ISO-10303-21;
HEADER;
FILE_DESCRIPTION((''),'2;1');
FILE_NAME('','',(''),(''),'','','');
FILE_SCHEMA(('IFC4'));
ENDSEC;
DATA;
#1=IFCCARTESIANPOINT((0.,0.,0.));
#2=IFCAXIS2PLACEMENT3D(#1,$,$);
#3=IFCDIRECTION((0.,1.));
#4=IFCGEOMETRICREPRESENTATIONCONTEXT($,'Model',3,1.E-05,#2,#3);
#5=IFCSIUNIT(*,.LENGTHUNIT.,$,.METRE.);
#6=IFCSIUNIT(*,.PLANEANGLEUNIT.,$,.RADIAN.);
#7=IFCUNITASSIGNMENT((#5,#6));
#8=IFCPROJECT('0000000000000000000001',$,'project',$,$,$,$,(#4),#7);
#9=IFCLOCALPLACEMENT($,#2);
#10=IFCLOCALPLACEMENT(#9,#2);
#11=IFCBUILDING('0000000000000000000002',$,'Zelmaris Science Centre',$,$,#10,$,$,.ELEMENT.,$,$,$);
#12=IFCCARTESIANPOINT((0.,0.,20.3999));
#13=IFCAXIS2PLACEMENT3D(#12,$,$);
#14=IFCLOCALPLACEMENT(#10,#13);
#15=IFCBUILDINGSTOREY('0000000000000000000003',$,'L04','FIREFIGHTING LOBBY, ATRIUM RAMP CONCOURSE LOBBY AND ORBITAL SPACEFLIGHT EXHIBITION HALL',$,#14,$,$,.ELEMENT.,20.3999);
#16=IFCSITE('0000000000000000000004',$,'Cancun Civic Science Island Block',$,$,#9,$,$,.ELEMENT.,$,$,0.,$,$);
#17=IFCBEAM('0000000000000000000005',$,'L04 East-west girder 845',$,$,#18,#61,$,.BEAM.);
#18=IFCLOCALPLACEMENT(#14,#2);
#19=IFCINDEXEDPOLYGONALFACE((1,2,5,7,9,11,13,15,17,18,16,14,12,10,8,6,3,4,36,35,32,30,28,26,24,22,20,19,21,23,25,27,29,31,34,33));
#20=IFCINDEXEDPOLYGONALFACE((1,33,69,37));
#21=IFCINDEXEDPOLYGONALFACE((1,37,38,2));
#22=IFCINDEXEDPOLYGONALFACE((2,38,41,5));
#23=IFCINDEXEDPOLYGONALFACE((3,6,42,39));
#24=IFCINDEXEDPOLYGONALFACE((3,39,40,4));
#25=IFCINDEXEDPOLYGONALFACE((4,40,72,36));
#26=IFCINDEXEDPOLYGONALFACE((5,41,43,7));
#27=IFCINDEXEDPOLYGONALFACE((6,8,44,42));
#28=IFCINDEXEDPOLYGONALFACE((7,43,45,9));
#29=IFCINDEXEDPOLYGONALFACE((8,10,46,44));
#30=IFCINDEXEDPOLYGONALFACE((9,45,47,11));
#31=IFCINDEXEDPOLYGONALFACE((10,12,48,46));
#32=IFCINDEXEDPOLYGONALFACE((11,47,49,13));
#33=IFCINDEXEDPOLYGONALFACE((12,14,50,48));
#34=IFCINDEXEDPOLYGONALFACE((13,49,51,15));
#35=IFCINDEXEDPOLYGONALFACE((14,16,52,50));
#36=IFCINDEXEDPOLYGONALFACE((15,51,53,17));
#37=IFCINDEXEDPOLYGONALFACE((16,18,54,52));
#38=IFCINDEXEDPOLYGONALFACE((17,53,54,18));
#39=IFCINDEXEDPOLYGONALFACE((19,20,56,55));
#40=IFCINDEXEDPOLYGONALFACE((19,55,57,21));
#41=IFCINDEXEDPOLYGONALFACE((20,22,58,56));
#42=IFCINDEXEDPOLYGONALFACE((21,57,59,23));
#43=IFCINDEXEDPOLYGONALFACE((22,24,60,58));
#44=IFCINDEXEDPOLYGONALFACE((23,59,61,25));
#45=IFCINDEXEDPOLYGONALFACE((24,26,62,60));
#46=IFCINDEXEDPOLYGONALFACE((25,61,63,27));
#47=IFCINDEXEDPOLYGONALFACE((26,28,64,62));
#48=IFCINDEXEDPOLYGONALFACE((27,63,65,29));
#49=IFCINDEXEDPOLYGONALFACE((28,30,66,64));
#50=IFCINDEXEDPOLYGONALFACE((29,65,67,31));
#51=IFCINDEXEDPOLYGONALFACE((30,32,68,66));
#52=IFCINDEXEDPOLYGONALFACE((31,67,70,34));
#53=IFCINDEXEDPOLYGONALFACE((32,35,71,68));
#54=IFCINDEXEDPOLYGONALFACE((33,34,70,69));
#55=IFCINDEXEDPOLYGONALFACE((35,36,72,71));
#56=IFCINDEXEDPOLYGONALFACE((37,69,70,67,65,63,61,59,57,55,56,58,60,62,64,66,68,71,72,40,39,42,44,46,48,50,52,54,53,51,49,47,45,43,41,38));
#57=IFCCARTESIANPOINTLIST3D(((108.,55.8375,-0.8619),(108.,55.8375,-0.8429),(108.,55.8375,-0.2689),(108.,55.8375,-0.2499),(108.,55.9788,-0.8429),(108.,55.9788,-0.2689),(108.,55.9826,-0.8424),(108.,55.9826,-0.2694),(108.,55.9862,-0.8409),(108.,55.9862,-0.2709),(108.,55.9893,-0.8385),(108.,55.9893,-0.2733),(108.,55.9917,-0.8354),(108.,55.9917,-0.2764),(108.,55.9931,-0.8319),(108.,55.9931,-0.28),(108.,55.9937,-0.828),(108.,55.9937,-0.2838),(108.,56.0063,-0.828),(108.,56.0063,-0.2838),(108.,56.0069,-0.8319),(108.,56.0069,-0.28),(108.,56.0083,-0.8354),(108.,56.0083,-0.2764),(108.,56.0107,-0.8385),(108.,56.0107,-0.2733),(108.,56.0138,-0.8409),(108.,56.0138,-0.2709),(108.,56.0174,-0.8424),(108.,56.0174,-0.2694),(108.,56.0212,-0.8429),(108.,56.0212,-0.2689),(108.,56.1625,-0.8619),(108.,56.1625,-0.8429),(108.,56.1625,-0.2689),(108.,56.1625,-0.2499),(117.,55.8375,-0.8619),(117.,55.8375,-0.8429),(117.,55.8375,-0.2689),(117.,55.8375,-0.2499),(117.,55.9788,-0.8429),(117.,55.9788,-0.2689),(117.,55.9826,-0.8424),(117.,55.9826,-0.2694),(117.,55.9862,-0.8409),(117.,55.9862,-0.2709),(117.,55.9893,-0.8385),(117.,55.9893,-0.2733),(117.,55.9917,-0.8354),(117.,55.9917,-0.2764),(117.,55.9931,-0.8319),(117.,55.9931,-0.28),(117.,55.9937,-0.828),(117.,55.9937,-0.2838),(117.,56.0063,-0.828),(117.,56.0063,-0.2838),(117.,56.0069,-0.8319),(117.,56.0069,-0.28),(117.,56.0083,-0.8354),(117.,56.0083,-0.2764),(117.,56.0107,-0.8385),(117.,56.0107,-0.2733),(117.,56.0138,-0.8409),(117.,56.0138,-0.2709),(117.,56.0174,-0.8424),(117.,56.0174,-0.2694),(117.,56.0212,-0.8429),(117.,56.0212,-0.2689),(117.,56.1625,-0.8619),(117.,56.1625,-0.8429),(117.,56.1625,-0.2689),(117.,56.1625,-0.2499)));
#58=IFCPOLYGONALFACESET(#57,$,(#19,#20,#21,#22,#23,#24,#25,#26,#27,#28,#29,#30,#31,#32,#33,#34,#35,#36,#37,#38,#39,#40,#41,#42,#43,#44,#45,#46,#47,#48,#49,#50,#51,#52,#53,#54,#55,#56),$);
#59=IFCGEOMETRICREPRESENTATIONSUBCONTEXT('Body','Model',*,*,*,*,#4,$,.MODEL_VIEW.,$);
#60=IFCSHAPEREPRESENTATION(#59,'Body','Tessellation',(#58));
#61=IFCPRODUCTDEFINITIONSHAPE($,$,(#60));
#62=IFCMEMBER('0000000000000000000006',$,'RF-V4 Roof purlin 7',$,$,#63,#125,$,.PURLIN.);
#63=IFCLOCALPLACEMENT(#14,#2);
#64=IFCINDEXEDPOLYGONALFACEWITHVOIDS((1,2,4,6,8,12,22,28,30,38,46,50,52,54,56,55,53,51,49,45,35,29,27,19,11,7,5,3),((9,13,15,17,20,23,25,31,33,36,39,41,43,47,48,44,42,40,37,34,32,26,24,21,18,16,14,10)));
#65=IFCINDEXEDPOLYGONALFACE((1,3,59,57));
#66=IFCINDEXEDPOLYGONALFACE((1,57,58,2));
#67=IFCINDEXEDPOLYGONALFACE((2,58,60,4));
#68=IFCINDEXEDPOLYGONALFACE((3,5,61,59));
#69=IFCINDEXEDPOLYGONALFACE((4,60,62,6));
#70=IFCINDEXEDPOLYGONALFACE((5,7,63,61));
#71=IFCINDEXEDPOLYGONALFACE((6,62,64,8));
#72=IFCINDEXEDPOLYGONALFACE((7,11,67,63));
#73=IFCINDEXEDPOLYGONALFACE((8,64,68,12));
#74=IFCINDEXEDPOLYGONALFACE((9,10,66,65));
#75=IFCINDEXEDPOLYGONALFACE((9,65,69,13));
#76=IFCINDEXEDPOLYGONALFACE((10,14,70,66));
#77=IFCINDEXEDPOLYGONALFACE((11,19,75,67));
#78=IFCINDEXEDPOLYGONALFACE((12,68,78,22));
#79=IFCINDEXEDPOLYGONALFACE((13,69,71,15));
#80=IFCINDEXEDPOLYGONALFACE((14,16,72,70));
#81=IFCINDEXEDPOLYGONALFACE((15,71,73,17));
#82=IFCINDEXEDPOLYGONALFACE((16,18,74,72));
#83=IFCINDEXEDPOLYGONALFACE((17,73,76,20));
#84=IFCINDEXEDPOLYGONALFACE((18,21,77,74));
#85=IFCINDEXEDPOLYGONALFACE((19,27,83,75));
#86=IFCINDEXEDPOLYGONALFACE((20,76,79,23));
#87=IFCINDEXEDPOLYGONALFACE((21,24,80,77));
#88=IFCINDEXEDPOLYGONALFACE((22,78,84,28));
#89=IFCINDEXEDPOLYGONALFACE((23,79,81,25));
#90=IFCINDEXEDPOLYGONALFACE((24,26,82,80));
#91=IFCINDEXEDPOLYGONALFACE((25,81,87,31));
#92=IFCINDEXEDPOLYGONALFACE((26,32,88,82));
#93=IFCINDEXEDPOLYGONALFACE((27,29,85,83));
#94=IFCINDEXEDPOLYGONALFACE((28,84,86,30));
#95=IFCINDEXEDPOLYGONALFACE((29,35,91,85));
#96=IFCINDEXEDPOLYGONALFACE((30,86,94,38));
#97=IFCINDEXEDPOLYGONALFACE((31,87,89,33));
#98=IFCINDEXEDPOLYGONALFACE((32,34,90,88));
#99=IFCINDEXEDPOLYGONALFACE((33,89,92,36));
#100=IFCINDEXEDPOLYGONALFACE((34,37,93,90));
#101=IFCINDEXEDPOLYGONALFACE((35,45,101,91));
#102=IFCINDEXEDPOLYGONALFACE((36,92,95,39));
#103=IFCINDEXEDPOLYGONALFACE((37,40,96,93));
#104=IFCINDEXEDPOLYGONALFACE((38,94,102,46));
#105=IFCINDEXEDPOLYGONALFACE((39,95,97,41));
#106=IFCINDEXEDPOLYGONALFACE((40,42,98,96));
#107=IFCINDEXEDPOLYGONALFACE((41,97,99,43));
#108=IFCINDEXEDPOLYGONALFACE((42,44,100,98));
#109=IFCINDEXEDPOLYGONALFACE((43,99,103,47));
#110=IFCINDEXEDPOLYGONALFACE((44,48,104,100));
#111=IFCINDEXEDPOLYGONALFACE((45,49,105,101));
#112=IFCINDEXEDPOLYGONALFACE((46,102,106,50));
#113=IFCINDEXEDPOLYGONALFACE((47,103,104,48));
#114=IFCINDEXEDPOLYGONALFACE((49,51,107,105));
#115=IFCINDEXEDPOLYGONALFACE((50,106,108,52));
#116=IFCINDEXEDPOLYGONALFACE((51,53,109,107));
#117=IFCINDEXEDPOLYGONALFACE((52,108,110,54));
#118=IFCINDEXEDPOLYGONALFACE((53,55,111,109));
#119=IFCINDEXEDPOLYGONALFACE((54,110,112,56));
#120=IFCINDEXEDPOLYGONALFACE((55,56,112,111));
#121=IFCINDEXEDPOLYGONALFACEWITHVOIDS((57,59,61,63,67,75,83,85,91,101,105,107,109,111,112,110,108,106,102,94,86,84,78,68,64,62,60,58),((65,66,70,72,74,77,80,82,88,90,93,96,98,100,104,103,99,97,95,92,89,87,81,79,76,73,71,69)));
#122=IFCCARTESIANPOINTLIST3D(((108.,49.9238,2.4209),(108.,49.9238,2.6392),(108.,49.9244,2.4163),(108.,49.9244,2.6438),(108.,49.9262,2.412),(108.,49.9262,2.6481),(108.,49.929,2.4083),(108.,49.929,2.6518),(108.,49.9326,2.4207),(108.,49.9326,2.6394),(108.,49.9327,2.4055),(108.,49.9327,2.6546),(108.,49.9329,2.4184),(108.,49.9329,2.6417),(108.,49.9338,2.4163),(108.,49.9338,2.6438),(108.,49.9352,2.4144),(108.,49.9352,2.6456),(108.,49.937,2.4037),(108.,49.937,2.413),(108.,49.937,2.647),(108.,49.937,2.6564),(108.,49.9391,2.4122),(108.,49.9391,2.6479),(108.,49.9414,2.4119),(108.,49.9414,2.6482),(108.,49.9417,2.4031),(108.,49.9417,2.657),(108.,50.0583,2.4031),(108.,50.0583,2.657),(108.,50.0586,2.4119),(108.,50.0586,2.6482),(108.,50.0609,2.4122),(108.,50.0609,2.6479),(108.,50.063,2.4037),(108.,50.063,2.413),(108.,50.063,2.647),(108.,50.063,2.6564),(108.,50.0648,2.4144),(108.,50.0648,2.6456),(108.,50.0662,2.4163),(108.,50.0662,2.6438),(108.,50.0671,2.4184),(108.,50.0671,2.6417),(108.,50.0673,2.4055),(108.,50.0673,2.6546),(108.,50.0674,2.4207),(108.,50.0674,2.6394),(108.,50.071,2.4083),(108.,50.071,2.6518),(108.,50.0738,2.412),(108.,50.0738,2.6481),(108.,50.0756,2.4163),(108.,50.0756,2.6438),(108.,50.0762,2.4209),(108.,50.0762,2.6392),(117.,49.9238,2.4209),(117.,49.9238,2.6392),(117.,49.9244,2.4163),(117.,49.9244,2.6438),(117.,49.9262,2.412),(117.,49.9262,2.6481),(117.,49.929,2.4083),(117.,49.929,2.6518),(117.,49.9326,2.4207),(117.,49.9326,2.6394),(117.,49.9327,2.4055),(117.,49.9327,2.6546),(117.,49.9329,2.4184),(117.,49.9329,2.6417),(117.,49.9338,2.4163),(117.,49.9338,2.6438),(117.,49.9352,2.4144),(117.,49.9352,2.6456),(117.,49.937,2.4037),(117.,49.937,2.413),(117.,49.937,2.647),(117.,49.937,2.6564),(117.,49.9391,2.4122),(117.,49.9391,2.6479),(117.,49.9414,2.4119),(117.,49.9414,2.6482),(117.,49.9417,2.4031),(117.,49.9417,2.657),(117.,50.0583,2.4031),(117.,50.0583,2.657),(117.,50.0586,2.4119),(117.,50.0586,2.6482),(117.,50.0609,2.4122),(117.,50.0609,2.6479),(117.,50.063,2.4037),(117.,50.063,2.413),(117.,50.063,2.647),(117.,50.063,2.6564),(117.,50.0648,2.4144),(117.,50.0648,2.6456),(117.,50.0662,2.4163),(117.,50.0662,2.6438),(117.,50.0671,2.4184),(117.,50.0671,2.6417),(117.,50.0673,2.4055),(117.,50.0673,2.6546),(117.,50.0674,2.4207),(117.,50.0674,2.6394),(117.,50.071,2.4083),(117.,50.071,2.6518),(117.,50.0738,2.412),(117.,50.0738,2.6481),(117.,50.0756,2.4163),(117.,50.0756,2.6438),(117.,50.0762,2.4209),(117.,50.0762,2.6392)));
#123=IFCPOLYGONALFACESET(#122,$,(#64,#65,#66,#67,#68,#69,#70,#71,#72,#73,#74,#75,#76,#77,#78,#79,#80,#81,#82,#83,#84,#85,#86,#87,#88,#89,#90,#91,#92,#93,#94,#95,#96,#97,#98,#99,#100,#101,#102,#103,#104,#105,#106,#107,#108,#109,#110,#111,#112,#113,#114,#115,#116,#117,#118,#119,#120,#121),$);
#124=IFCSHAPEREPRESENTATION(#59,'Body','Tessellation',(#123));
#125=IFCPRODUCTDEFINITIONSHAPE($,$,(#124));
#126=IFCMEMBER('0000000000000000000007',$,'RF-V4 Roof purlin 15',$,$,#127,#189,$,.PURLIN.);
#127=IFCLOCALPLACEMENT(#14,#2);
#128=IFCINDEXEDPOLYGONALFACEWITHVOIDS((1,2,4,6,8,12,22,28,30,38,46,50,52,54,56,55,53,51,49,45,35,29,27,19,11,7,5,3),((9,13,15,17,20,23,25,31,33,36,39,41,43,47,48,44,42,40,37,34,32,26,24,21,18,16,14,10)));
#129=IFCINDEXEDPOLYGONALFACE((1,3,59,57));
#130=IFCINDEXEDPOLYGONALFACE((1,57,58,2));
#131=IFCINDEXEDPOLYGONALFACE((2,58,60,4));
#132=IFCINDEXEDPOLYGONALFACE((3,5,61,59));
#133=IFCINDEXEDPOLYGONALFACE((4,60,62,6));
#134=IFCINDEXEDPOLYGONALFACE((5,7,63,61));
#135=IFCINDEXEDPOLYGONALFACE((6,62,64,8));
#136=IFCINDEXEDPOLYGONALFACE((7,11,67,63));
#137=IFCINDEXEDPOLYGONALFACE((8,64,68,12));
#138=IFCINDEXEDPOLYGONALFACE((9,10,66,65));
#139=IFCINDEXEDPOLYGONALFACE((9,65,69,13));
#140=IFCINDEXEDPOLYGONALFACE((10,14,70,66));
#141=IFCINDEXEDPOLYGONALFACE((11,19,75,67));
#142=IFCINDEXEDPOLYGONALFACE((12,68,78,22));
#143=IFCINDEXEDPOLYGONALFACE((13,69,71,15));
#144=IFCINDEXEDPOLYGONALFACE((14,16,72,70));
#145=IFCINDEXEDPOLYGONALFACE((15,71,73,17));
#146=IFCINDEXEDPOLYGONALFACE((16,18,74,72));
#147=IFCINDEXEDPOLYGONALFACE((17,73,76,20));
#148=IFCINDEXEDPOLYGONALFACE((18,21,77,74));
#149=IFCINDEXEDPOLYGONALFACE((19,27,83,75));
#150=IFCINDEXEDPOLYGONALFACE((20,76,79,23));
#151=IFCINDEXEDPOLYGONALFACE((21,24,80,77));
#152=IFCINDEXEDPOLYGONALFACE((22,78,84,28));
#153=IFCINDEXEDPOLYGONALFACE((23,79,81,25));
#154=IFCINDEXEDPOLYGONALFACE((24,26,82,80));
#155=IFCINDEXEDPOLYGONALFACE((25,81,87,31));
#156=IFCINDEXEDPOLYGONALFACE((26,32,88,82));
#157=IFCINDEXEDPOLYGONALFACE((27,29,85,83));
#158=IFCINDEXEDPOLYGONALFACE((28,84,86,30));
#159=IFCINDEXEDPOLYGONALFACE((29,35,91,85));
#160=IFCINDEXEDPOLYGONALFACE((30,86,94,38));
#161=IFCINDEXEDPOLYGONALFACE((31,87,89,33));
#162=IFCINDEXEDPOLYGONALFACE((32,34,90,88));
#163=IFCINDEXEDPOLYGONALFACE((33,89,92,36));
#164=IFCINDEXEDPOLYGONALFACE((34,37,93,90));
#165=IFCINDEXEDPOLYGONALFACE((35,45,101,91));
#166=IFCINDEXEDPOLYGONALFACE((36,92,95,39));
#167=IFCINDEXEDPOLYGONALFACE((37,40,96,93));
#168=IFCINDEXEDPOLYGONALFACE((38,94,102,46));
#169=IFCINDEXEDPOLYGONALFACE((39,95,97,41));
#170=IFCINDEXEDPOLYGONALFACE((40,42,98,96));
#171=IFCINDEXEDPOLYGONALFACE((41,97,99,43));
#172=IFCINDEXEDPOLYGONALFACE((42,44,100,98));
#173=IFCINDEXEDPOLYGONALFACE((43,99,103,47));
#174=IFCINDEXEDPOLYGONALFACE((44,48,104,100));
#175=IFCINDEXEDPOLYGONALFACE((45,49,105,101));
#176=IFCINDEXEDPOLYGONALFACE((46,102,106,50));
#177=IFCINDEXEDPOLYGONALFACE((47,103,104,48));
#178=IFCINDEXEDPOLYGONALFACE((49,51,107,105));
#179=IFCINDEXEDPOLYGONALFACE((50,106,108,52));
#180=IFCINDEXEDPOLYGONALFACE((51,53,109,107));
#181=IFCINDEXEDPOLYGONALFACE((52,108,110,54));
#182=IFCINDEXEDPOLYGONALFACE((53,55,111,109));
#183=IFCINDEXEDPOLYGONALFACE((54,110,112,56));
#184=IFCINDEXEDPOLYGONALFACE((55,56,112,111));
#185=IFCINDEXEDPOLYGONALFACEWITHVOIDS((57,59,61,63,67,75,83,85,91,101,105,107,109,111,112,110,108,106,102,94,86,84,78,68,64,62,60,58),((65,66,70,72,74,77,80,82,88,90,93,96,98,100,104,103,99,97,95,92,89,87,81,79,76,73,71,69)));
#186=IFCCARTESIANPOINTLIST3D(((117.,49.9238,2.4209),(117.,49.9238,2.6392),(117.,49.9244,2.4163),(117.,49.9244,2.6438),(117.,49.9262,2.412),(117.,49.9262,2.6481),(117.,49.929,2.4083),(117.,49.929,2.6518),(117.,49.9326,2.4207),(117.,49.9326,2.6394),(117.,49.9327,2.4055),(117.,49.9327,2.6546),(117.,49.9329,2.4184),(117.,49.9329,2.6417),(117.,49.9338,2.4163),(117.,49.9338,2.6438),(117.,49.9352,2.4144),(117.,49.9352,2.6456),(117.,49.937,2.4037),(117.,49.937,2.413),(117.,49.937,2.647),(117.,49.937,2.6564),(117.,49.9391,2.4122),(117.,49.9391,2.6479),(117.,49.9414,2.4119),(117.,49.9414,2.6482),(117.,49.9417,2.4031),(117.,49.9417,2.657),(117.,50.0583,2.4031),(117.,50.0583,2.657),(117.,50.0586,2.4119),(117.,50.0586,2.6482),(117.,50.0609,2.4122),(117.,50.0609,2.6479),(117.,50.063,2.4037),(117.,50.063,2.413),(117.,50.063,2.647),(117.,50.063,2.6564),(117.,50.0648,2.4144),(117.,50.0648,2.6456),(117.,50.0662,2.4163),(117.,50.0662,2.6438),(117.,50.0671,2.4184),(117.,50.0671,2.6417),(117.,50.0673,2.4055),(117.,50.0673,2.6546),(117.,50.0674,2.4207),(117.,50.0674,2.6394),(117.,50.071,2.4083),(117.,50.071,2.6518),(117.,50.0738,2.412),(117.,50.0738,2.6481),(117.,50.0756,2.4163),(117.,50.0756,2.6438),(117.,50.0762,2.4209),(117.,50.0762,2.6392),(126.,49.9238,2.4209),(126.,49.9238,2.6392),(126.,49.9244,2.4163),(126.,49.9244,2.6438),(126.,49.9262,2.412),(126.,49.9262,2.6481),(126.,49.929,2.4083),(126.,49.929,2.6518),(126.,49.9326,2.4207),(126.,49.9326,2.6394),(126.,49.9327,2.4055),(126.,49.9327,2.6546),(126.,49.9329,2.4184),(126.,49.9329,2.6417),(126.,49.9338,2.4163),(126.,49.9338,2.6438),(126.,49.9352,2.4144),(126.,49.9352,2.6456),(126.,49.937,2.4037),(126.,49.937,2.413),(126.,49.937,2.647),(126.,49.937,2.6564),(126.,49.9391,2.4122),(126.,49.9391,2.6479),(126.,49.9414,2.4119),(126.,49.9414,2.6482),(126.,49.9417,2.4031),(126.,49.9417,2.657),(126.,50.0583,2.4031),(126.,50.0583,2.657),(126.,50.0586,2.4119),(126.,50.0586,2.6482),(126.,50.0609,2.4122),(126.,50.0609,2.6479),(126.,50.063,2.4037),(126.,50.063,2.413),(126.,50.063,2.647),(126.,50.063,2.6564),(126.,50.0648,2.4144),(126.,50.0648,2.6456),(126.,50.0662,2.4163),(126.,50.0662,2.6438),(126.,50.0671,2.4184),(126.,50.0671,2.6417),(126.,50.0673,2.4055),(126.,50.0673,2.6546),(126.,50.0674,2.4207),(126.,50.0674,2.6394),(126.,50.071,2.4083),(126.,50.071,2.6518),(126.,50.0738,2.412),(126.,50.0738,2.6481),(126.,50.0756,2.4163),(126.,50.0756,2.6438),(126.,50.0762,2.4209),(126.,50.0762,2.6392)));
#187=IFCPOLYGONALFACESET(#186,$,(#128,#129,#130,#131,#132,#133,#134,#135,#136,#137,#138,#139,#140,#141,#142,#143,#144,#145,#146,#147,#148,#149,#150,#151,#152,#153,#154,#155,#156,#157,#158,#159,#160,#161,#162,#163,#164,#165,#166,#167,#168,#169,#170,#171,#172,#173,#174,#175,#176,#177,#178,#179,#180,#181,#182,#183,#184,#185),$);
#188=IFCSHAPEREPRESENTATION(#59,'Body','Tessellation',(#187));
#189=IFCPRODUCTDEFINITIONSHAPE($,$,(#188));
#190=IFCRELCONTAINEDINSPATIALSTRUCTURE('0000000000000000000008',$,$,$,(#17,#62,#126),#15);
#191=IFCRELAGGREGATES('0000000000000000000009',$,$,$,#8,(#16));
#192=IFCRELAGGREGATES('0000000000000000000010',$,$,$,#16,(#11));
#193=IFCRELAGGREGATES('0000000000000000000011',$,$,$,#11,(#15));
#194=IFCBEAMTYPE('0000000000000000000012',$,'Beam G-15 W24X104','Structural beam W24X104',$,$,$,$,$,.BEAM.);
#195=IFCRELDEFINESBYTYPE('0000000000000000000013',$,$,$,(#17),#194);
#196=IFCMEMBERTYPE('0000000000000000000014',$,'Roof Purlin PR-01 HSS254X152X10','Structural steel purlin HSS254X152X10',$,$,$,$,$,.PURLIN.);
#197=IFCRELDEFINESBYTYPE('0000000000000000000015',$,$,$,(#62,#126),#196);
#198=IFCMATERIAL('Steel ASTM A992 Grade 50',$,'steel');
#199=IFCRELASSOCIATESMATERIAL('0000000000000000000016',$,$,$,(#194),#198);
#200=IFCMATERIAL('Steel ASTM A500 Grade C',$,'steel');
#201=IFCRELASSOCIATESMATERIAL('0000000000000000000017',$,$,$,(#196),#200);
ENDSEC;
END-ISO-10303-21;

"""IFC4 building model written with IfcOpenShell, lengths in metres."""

from ifc_helpers import new_model, si_unit, direction, frame, origin, origin_2d, place, context, subcontext, project, spatial, hollow_rectangle, i_section, extrude, material, material_profile, profile_set, type_object, element, save


model = new_model("IFC4")

# Units and contexts
model_context = context("Model", 3, precision=1e-05, world=origin(), true_north=direction((0.0, 1.0)))
body_context = subcontext(model_context, "Body", "Model", "MODEL_VIEW")
ifc_project = project(units=[si_unit("LENGTHUNIT", "METRE"), si_unit("PLANEANGLEUNIT", "RADIAN")], contexts=[model_context])

# Site, building, storey
site_placement = place(None, origin())
site = spatial("IfcSite", under=ifc_project, at=site_placement, Name="Cancun Civic Science Island Block", CompositionType="ELEMENT", RefElevation=0.0)
building_placement = place(site_placement, origin())
building = spatial("IfcBuilding", under=site, at=building_placement, Name="Zelmaris Science Centre", CompositionType="ELEMENT")
storey_placement = place(building_placement, frame((0.0, 0.0, 20.3999)))
storey = spatial("IfcBuildingStorey", under=building, at=storey_placement, Name="L04", Description="FIREFIGHTING LOBBY, ATRIUM RAMP CONCOURSE LOBBY AND ORBITAL SPACEFLIGHT EXHIBITION HALL", CompositionType="ELEMENT", Elevation=20.3999)

# Beam
ifc_material_1 = material(Name="Steel ASTM A992 Grade 50", Category="steel")
ifc_material_profile_1 = material_profile(ifc_material_1, i_section(OverallWidth=0.325, OverallDepth=0.6121, WebThickness=0.0127, FlangeThickness=0.019, FilletRadius=0.0149, at=origin_2d()), Name="W24X104")
ifc_profile_set_1 = profile_set([ifc_material_profile_1], Name="Steel ASTM A992 Grade 50")
beam_type_1 = type_object("IfcBeamType", Name="Beam G-15 W24X104", Description="Structural beam W24X104", PredefinedType="BEAM", material=ifc_profile_set_1)
beam_1_placement = place(storey_placement, frame((108.0, 56.0, -0.5559), z_axis=(1.0, 0.0, 0.0), x_axis=(0.0, 1.0, 0.0)))
element("IfcBeam", 1, at=beam_1_placement, inside=storey, type_object=beam_type_1, Name="L04 East-west girder 845", PredefinedType="BEAM", context=body_context, shape_type="SweptSolid", body=[
    extrude(i_section(OverallWidth=0.325, OverallDepth=0.6121, WebThickness=0.0127, FlangeThickness=0.019, FilletRadius=0.0149, at=origin_2d()), origin(), (0.0, 0.0, 1.0), 9.0),
])

# Members
ifc_material_2 = material(Name="Steel ASTM A500 Grade C", Category="steel")
ifc_material_profile_2 = material_profile(ifc_material_2, hollow_rectangle(XDim=0.1523, YDim=0.2539, WallThickness=0.0088, InnerFilletRadius=0.0088, OuterFilletRadius=0.0178, at=origin_2d()), Name="HSS254X152X10")
ifc_profile_set_2 = profile_set([ifc_material_profile_2], Name="Steel ASTM A500 Grade C")
member_type_1 = type_object("IfcMemberType", Name="Roof Purlin PR-01 HSS254X152X10", Description="Structural steel purlin HSS254X152X10", PredefinedType="PURLIN", material=ifc_profile_set_2)
for number, where, z_axis, x_axis, name in (
    (2, (108.0, 50.0, 2.53), (1.0, 0.0, 0.0), (0.0, 1.0, 0.0), "RF-V4 Roof purlin 7"),
    (3, (117.0, 50.0, 2.53), (1.0, 0.0, 0.0), (0.0, 1.0, 0.0), "RF-V4 Roof purlin 15"),
):
    element("IfcMember", number, at=place(storey_placement, frame(where, z_axis=z_axis, x_axis=x_axis)), inside=storey, type_object=member_type_1, Name=name, PredefinedType="PURLIN", context=body_context, shape_type="SweptSolid", body=[
        extrude(hollow_rectangle(XDim=0.1523, YDim=0.2539, WallThickness=0.0088, InnerFilletRadius=0.0088, OuterFilletRadius=0.0178, at=origin_2d()), origin(), (0.0, 0.0, 1.0), 9.0),
    ])

save(model, "model.ifc")
